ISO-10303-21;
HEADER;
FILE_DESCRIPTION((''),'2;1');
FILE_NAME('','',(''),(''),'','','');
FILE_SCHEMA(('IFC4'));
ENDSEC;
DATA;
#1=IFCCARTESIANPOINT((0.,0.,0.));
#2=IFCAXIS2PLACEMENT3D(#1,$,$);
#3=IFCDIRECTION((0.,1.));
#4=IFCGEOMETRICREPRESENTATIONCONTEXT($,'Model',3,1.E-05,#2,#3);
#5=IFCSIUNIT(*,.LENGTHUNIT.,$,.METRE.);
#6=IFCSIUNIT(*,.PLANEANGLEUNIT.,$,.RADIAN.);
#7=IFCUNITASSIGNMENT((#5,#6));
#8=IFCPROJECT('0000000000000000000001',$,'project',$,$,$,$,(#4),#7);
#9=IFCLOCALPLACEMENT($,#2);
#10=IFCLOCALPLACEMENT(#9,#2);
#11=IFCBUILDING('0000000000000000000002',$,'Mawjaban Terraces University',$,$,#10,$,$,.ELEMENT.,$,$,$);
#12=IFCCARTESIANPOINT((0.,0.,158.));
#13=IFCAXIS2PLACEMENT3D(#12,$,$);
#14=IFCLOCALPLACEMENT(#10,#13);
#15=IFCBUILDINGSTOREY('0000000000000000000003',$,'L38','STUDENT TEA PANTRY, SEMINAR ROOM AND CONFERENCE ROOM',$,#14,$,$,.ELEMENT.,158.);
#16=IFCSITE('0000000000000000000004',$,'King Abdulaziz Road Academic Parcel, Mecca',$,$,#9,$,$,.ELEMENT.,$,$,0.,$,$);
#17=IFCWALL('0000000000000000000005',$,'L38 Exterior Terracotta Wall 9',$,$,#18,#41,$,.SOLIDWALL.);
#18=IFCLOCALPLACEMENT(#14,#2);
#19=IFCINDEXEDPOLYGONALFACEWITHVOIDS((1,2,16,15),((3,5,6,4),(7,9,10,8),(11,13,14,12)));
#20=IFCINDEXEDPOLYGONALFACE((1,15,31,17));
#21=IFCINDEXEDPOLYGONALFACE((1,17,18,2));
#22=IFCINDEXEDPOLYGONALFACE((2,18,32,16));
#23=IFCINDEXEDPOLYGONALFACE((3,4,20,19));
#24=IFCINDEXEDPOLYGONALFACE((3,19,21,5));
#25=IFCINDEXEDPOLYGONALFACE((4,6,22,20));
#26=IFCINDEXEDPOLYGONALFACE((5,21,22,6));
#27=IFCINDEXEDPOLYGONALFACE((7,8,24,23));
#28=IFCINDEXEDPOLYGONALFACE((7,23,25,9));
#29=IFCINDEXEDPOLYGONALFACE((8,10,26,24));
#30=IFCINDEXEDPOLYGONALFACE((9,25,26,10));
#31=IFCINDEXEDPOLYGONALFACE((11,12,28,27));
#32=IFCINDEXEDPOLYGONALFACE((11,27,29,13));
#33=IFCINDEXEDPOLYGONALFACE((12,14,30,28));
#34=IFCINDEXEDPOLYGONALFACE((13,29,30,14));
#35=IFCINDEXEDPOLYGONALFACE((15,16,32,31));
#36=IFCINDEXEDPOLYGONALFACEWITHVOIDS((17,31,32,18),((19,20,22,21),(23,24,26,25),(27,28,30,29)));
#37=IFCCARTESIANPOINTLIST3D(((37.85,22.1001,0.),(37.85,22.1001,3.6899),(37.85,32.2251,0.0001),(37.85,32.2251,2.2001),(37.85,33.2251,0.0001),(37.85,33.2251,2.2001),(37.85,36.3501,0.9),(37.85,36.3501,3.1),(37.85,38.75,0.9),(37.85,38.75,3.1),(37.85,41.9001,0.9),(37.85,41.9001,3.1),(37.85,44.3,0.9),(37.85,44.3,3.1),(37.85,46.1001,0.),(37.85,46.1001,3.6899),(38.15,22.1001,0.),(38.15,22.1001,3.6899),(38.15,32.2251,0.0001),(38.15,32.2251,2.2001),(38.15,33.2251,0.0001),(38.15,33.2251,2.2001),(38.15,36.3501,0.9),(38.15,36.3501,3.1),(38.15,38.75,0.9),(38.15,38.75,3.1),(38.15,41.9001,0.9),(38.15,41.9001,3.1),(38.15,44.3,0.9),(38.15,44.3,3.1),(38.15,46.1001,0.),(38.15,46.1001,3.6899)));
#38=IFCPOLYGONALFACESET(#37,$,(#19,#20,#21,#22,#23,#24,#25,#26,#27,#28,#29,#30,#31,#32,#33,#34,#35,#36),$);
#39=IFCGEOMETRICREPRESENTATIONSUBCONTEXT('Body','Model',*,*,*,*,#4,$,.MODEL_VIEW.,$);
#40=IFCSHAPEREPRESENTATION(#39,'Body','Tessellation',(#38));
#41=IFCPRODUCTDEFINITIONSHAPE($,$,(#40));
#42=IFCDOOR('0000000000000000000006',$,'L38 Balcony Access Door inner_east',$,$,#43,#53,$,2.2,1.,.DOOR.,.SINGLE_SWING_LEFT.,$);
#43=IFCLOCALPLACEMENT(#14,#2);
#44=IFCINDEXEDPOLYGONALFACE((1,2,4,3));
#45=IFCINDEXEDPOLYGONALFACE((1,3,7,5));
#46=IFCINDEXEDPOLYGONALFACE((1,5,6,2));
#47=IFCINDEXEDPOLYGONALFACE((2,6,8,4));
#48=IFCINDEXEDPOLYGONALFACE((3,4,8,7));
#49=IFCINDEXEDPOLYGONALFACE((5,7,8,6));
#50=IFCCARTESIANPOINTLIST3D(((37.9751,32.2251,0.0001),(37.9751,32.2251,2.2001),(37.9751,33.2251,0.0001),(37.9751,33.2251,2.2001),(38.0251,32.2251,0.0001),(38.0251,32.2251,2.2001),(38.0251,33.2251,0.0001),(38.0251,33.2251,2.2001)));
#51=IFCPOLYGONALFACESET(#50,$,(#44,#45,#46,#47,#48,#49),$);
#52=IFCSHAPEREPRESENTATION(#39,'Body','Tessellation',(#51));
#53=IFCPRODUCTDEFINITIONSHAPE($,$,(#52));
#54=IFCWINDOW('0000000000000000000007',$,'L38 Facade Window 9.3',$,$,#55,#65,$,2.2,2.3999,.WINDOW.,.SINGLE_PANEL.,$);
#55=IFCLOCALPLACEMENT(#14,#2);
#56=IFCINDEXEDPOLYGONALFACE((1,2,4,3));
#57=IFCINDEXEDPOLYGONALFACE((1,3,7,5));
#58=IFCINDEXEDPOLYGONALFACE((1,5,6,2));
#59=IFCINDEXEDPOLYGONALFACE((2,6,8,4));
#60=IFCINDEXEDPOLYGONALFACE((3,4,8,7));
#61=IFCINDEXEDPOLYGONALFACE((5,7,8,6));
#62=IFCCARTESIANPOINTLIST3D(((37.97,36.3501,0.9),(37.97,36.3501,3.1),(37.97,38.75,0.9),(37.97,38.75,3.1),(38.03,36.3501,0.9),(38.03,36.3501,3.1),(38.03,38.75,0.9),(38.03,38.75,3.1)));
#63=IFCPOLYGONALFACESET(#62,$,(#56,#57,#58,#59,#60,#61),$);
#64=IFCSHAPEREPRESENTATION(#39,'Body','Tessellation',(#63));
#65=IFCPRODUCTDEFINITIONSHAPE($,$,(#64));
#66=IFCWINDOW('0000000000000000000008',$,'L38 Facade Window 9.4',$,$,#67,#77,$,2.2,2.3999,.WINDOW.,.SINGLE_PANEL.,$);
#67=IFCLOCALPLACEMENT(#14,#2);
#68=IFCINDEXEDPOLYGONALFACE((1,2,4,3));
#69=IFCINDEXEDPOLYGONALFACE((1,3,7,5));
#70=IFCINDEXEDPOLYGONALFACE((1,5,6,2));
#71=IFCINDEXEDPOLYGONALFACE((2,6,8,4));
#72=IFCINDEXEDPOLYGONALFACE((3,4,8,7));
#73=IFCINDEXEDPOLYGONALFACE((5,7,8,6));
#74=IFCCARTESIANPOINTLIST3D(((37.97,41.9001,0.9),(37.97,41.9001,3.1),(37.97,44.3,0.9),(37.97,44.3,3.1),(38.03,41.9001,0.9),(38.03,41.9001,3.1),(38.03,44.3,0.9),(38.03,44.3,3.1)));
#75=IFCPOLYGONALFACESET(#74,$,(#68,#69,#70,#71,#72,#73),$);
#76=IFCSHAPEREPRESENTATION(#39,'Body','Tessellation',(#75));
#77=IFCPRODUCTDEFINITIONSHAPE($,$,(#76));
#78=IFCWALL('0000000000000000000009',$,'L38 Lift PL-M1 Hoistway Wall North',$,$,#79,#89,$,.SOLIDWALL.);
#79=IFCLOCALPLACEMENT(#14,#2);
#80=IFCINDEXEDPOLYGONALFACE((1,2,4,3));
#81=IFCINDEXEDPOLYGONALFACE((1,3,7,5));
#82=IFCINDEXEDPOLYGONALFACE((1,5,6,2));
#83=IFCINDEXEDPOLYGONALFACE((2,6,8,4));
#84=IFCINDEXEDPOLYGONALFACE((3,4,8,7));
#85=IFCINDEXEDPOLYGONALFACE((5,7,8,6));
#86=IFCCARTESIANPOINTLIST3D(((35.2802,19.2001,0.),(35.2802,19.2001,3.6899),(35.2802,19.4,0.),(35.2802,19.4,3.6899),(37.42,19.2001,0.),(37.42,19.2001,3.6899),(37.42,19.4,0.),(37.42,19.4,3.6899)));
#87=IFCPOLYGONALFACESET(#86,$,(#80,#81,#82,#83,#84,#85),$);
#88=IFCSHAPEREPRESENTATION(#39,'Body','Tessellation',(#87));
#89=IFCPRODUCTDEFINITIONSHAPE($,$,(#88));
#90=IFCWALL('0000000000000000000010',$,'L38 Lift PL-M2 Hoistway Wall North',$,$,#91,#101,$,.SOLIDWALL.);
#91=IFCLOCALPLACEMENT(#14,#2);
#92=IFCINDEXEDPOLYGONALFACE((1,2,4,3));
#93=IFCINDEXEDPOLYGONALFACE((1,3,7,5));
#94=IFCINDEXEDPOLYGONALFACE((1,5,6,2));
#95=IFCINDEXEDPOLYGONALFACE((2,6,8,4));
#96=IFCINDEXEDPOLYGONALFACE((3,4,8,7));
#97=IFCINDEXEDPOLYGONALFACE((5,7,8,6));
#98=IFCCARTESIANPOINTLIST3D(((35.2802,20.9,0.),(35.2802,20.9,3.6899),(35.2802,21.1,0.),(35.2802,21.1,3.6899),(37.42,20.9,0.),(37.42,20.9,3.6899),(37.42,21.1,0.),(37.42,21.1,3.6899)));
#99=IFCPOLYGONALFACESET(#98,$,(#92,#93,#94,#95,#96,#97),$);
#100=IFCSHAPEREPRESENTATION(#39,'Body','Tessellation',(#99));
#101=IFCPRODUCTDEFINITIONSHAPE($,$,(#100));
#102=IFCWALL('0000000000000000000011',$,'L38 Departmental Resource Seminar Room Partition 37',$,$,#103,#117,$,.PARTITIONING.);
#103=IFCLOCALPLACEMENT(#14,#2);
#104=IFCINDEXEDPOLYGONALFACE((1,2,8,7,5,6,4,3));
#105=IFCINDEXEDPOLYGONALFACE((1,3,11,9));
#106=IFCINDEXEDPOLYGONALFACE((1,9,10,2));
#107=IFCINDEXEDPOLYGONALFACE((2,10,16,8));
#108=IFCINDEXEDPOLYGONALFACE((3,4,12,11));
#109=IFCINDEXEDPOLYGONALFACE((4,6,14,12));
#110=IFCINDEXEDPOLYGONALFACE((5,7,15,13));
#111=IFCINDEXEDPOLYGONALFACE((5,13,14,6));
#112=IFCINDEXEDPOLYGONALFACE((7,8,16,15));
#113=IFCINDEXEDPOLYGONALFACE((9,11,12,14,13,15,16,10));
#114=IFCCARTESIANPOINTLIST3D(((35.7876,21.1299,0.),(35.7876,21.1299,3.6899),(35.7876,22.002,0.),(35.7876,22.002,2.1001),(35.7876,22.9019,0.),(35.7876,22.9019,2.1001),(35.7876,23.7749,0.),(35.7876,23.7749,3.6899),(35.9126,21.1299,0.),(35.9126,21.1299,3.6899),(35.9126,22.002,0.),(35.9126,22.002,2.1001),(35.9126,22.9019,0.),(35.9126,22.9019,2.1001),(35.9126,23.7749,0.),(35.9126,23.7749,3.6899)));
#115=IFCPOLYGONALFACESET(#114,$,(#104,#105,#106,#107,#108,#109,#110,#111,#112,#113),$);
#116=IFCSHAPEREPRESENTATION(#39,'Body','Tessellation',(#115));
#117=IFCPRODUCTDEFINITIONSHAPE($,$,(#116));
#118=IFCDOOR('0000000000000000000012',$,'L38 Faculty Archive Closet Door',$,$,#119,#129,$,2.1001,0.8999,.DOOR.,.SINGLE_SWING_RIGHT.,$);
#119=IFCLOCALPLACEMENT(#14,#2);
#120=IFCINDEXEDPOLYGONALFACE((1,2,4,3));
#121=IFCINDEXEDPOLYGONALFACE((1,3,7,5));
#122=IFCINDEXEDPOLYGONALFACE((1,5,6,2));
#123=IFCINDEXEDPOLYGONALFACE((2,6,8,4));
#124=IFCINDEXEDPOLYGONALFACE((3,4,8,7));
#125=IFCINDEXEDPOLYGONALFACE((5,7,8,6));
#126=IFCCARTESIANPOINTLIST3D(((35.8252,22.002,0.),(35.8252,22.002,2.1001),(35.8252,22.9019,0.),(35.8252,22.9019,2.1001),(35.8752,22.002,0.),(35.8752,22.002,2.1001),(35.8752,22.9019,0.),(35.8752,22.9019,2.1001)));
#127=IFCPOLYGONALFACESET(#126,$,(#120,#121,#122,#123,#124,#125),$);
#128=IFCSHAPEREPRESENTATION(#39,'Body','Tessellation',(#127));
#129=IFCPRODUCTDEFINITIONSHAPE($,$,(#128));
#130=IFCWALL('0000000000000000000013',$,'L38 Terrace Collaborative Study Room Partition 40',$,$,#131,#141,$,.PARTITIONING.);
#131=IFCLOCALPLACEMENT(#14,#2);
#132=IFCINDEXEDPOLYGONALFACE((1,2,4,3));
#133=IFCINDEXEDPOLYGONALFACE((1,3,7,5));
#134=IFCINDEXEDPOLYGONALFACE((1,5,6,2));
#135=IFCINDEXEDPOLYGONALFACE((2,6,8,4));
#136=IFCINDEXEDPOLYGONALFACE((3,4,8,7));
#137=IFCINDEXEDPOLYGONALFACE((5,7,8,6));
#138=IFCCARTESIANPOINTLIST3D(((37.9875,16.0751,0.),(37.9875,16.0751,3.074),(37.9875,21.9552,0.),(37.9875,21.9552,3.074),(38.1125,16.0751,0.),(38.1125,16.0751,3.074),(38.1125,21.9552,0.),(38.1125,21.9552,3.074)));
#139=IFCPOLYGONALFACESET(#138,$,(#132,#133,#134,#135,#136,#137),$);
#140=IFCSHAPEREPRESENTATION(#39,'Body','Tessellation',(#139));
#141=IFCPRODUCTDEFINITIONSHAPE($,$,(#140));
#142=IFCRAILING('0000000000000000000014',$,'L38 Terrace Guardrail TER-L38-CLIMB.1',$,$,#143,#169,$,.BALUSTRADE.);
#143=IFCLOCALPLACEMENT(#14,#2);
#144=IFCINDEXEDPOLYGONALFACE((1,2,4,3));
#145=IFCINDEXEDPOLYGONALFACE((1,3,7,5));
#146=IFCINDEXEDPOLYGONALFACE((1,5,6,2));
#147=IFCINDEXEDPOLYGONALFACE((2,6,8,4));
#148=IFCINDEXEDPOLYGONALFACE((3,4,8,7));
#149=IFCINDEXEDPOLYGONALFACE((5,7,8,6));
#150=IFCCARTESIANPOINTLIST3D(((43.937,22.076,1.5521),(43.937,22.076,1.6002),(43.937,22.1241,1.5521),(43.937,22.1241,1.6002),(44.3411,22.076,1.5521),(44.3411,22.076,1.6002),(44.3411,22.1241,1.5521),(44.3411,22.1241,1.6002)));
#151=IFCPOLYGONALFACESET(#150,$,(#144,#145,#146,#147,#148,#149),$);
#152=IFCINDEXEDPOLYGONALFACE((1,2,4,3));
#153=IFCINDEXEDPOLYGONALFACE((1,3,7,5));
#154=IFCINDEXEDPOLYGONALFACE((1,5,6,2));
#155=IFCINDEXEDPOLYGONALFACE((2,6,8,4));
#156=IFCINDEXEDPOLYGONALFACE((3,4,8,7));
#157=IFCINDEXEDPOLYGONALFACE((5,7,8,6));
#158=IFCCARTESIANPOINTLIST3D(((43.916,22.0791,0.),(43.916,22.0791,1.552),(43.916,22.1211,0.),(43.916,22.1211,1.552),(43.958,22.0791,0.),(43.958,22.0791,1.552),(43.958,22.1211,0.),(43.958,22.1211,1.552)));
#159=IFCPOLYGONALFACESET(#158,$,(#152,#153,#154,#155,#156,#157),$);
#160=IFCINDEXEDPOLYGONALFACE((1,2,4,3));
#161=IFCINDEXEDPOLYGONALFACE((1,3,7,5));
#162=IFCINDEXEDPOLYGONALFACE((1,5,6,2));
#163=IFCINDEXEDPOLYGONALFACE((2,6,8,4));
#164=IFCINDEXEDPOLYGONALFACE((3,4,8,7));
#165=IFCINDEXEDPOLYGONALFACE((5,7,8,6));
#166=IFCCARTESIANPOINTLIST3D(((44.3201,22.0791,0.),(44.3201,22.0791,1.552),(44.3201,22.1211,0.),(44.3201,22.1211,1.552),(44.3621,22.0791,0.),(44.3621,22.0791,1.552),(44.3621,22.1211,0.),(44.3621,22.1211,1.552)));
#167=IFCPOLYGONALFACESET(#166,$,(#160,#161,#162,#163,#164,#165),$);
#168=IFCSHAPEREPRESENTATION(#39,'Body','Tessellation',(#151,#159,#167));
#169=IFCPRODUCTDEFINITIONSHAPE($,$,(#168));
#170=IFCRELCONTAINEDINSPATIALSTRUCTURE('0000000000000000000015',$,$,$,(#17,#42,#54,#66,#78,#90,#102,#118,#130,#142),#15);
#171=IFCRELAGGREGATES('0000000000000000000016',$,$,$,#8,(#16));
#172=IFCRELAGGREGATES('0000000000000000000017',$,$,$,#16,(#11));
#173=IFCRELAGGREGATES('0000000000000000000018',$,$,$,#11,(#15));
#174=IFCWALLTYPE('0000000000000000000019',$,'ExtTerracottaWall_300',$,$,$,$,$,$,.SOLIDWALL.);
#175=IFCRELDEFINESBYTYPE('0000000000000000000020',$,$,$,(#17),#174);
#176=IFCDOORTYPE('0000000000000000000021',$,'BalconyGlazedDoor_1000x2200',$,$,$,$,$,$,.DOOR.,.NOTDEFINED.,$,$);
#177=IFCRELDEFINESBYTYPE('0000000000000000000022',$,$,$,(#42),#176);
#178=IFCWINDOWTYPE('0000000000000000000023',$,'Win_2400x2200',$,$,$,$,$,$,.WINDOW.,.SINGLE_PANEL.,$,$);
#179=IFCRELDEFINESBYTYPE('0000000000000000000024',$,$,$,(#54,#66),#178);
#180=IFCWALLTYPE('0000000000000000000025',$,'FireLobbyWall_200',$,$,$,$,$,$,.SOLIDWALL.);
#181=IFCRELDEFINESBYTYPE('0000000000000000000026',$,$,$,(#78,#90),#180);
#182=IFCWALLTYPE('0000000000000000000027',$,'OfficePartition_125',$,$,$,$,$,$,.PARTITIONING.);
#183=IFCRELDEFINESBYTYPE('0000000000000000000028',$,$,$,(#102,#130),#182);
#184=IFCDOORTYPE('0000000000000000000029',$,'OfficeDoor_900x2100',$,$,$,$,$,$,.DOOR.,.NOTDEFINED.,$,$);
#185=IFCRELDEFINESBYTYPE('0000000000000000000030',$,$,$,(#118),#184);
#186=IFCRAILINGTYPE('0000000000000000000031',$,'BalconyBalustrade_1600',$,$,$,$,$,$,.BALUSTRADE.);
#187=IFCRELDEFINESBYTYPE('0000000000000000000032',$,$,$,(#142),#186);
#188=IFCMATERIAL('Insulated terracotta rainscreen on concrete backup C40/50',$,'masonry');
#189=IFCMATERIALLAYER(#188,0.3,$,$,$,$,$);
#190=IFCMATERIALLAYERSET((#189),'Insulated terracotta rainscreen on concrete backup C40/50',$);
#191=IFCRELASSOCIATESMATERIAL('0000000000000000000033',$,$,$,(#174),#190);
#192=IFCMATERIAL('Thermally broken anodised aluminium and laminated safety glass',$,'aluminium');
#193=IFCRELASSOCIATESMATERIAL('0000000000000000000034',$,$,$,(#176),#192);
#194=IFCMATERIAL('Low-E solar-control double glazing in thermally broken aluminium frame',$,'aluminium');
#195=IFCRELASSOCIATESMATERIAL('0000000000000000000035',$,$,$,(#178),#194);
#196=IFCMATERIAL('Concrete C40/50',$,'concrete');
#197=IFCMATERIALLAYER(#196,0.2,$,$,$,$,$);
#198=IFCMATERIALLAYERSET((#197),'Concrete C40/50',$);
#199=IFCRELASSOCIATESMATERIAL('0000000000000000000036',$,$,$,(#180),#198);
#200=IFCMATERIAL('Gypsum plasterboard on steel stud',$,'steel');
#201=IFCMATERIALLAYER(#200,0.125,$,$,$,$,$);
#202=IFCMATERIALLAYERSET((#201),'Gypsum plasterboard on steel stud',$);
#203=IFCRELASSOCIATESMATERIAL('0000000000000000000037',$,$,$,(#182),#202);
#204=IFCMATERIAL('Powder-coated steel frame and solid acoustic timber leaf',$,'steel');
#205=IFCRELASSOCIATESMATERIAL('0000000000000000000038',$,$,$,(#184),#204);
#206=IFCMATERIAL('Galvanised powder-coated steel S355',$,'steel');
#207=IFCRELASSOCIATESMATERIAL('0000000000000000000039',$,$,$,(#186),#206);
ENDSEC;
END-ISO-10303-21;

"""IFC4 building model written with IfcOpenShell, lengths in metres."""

from ifc_helpers import new_model, si_unit, direction, frame, frame_2d, origin, origin_2d, place, context, subcontext, project, spatial, rectangle, extrude, material, layer, layer_set, type_object, element, fill, save


model = new_model("IFC4")

# Units and contexts
model_context = context("Model", 3, precision=1e-05, world=origin(), true_north=direction((0.0, 1.0)))
body_context = subcontext(model_context, "Body", "Model", "MODEL_VIEW")
ifc_project = project(units=[si_unit("LENGTHUNIT", "METRE"), si_unit("PLANEANGLEUNIT", "RADIAN")], contexts=[model_context])

# Site, building, storey
site_placement = place(None, origin())
site = spatial("IfcSite", under=ifc_project, at=site_placement, Name="King Abdulaziz Road Academic Parcel, Mecca", CompositionType="ELEMENT", RefElevation=0.0)
building_placement = place(site_placement, origin())
building = spatial("IfcBuilding", under=site, at=building_placement, Name="Mawjaban Terraces University", CompositionType="ELEMENT")
storey_placement = place(building_placement, frame((0.0, 0.0, 158.0)))
storey = spatial("IfcBuildingStorey", under=building, at=storey_placement, Name="L38", Description="STUDENT TEA PANTRY, SEMINAR ROOM AND CONFERENCE ROOM", CompositionType="ELEMENT", Elevation=158.0)

# Shared definitions
ifc_material_1 = material(Name="Insulated terracotta rainscreen on concrete backup C40/50", Category="masonry")
ifc_layer_1 = layer(ifc_material_1, 0.3)
ifc_layer_set_1 = layer_set([ifc_layer_1], Name="Insulated terracotta rainscreen on concrete backup C40/50")
wall_type_1 = type_object("IfcWallType", Name="ExtTerracottaWall_300", PredefinedType="SOLIDWALL", material=ifc_layer_set_1)

# Shared definitions
ifc_material_2 = material(Name="Thermally broken anodised aluminium and laminated safety glass", Category="aluminium")

# Wall, openings, door, windows
wall_1_placement = place(storey_placement, frame((38.0, 22.1001, 0.0), z_axis=(0.0, 0.0, 1.0), x_axis=(0.0, 1.0, 0.0)))
wall_1 = element("IfcWall", 1, at=wall_1_placement, inside=storey, type_object=wall_type_1, Name="L38 Exterior Terracotta Wall 9", PredefinedType="SOLIDWALL", context=body_context, shape_type="SweptSolid", body=[
    extrude(rectangle(XDim=24.0, YDim=0.3, at=frame_2d((12.0, 0.0))), origin(), (0.0, 0.0, 1.0), 3.6899),
])
opening_1_placement = place(wall_1_placement, frame((10.125, 0.0, 0.0)))
opening_1 = element("IfcOpeningElement", 2, at=opening_1_placement, cuts=wall_1, PredefinedType="OPENING", context=body_context, shape_type="SweptSolid", body=[
    extrude(rectangle(XDim=1.0, YDim=2.2, at=frame_2d((0.5, 1.1001))), frame((0.0, 0.1599, 0.0), z_axis=(0.0, -1.0, 0.0), x_axis=(1.0, 0.0, 0.0)), (0.0, 0.0, 1.0), 0.3201),
])
opening_2_placement = place(wall_1_placement, frame((14.25, 0.0, 0.8999)))
opening_2 = element("IfcOpeningElement", 3, at=opening_2_placement, cuts=wall_1, PredefinedType="OPENING", context=body_context, shape_type="SweptSolid", body=[
    extrude(rectangle(XDim=2.3999, YDim=2.2, at=frame_2d((1.2, 1.1001))), frame((0.0, 0.1599, 0.0), z_axis=(0.0, -1.0, 0.0), x_axis=(1.0, 0.0, 0.0)), (0.0, 0.0, 1.0), 0.3201),
])
opening_3_placement = place(wall_1_placement, frame((19.8, 0.0, 0.8999)))
opening_3 = element("IfcOpeningElement", 4, at=opening_3_placement, cuts=wall_1, PredefinedType="OPENING", context=body_context, shape_type="SweptSolid", body=[
    extrude(rectangle(XDim=2.3999, YDim=2.2, at=frame_2d((1.2, 1.1001))), frame((0.0, 0.1599, 0.0), z_axis=(0.0, -1.0, 0.0), x_axis=(1.0, 0.0, 0.0)), (0.0, 0.0, 1.0), 0.3201),
])
door_type_1 = type_object("IfcDoorType", Name="BalconyGlazedDoor_1000x2200", OperationType="NOTDEFINED", PredefinedType="DOOR", material=ifc_material_2)
door_1_placement = place(opening_1_placement, origin())
door_1 = element("IfcDoor", 5, at=door_1_placement, inside=storey, type_object=door_type_1, Name="L38 Balcony Access Door inner_east", OperationType="SINGLE_SWING_LEFT", OverallHeight=2.2, OverallWidth=1.0, PredefinedType="DOOR", context=body_context, shape_type="SweptSolid", body=[
    extrude(rectangle(XDim=1.0, YDim=2.2, at=frame_2d((0.5, 1.1001))), frame((0.0, 0.0249, 0.0), z_axis=(0.0, -1.0, 0.0), x_axis=(1.0, 0.0, 0.0)), (0.0, 0.0, 1.0), 0.05),
])
fill(opening_1, door_1)
ifc_material_3 = material(Name="Low-E solar-control double glazing in thermally broken aluminium frame", Category="aluminium")
window_type = type_object("IfcWindowType", Name="Win_2400x2200", PartitioningType="SINGLE_PANEL", PredefinedType="WINDOW", material=ifc_material_3)
window_1_placement = place(opening_2_placement, origin())
window_1 = element("IfcWindow", 6, at=window_1_placement, inside=storey, type_object=window_type, Name="L38 Facade Window 9.3", OverallHeight=2.2, OverallWidth=2.3999, PartitioningType="SINGLE_PANEL", PredefinedType="WINDOW", context=body_context, shape_type="SweptSolid", body=[
    extrude(rectangle(XDim=2.3999, YDim=2.2, at=frame_2d((1.2, 1.1001))), frame((0.0, 0.03, 0.0), z_axis=(0.0, -1.0, 0.0), x_axis=(1.0, 0.0, 0.0)), (0.0, 0.0, 1.0), 0.0601),
])
fill(opening_2, window_1)
window_2_placement = place(opening_3_placement, origin())
window_2 = element("IfcWindow", 7, at=window_2_placement, inside=storey, type_object=window_type, Name="L38 Facade Window 9.4", OverallHeight=2.2, OverallWidth=2.3999, PartitioningType="SINGLE_PANEL", PredefinedType="WINDOW", context=body_context, shape_type="SweptSolid", body=[
    extrude(rectangle(XDim=2.3999, YDim=2.2, at=frame_2d((1.2, 1.1001))), frame((0.0, 0.03, 0.0), z_axis=(0.0, -1.0, 0.0), x_axis=(1.0, 0.0, 0.0)), (0.0, 0.0, 1.0), 0.0601),
])
fill(opening_3, window_2)

# Walls
ifc_material_4 = material(Name="Concrete C40/50", Category="concrete")
ifc_layer_2 = layer(ifc_material_4, 0.2)
ifc_layer_set_2 = layer_set([ifc_layer_2], Name="Concrete C40/50")
wall_type_2 = type_object("IfcWallType", Name="FireLobbyWall_200", PredefinedType="SOLIDWALL", material=ifc_layer_set_2)
for number, where, z_axis, x_axis, name in (
    (8, (37.4199, 19.3, 0.0), (0.0, 0.0, 1.0), (-1.0, 0.0, 0.0), "L38 Lift PL-M1 Hoistway Wall North"),
    (9, (37.4199, 21.0, 0.0), (0.0, 0.0, 1.0), (-1.0, 0.0, 0.0), "L38 Lift PL-M2 Hoistway Wall North"),
):
    element("IfcWall", number, at=place(storey_placement, frame(where, z_axis=z_axis, x_axis=x_axis)), inside=storey, type_object=wall_type_2, Name=name, PredefinedType="SOLIDWALL", context=body_context, shape_type="SweptSolid", body=[
        extrude(rectangle(XDim=2.1399, YDim=0.2, at=frame_2d((1.0698, 0.0))), origin(), (0.0, 0.0, 1.0), 3.6899),
    ])

# Wall, opening, door
ifc_material_5 = material(Name="Gypsum plasterboard on steel stud", Category="steel")
ifc_layer_3 = layer(ifc_material_5, 0.125)
ifc_layer_set_3 = layer_set([ifc_layer_3], Name="Gypsum plasterboard on steel stud")
wall_type_3 = type_object("IfcWallType", Name="OfficePartition_125", PredefinedType="PARTITIONING", material=ifc_layer_set_3)
wall_2_placement = place(storey_placement, frame((35.8501, 21.1299, 0.0), z_axis=(0.0, 0.0, 1.0), x_axis=(0.0, 1.0, 0.0)))
wall_2 = element("IfcWall", 10, at=wall_2_placement, inside=storey, type_object=wall_type_3, Name="L38 Departmental Resource Seminar Room Partition 37", PredefinedType="PARTITIONING", context=body_context, shape_type="SweptSolid", body=[
    extrude(rectangle(XDim=2.645, YDim=0.125, at=frame_2d((1.3225, 0.0))), origin(), (0.0, 0.0, 1.0), 3.6899),
])
opening_4_placement = place(wall_2_placement, frame((0.8721, 0.0, 0.0)))
opening_4 = element("IfcOpeningElement", 11, at=opening_4_placement, cuts=wall_2, PredefinedType="OPENING", context=body_context, shape_type="SweptSolid", body=[
    extrude(rectangle(XDim=0.8999, YDim=2.1001, at=frame_2d((0.45, 1.05))), frame((0.0, 0.0725, 0.0), z_axis=(0.0, -1.0, 0.0), x_axis=(1.0, 0.0, 0.0)), (0.0, 0.0, 1.0), 0.145),
])
ifc_material_6 = material(Name="Powder-coated steel frame and solid acoustic timber leaf", Category="steel")
door_type_2 = type_object("IfcDoorType", Name="OfficeDoor_900x2100", OperationType="NOTDEFINED", PredefinedType="DOOR", material=ifc_material_6)
door_2_placement = place(opening_4_placement, origin())
door_2 = element("IfcDoor", 12, at=door_2_placement, inside=storey, type_object=door_type_2, Name="L38 Faculty Archive Closet Door", OperationType="SINGLE_SWING_RIGHT", OverallHeight=2.1001, OverallWidth=0.8999, PredefinedType="DOOR", context=body_context, shape_type="SweptSolid", body=[
    extrude(rectangle(XDim=0.8999, YDim=2.1001, at=frame_2d((0.45, 1.05))), frame((0.0, 0.0249, 0.0), z_axis=(0.0, -1.0, 0.0), x_axis=(1.0, 0.0, 0.0)), (0.0, 0.0, 1.0), 0.05),
])
fill(opening_4, door_2)

# Wall
wall_3_placement = place(storey_placement, frame((38.05, 21.9551, 0.0), z_axis=(0.0, 0.0, 1.0), x_axis=(0.0, -1.0, 0.0)))
element("IfcWall", 13, at=wall_3_placement, inside=storey, type_object=wall_type_3, Name="L38 Terrace Collaborative Study Room Partition 40", PredefinedType="PARTITIONING", context=body_context, shape_type="SweptSolid", body=[
    extrude(rectangle(XDim=5.8801, YDim=0.125, at=frame_2d((2.9399, 0.0))), origin(), (0.0, 0.0, 1.0), 3.074),
])

# Railing
ifc_material_7 = material(Name="Galvanised powder-coated steel S355", Category="steel")
railing_type = type_object("IfcRailingType", Name="BalconyBalustrade_1600", PredefinedType="BALUSTRADE", material=ifc_material_7)
railing_1_placement = place(storey_placement, frame((43.937, 22.1001, 0.0)))
element("IfcRailing", 14, at=railing_1_placement, inside=storey, type_object=railing_type, Name="L38 Terrace Guardrail TER-L38-CLIMB.1", PredefinedType="BALUSTRADE", context=body_context, shape_type="SweptSolid", body=[
    extrude(rectangle(XDim=0.0481, YDim=0.0481, at=origin_2d()), frame((0.0, 0.0, 1.5762), z_axis=(1.0, 0.0, 0.0), x_axis=(0.0, 1.0, 0.0)), (0.0, 0.0, 1.0), 0.4041),
    extrude(rectangle(XDim=0.042, YDim=0.042, at=origin_2d()), origin(), (0.0, 0.0, 1.0), 1.552),
    extrude(rectangle(XDim=0.042, YDim=0.042, at=origin_2d()), frame((0.4041, 0.0, 0.0)), (0.0, 0.0, 1.0), 1.552),
])

save(model, "model.ifc")
